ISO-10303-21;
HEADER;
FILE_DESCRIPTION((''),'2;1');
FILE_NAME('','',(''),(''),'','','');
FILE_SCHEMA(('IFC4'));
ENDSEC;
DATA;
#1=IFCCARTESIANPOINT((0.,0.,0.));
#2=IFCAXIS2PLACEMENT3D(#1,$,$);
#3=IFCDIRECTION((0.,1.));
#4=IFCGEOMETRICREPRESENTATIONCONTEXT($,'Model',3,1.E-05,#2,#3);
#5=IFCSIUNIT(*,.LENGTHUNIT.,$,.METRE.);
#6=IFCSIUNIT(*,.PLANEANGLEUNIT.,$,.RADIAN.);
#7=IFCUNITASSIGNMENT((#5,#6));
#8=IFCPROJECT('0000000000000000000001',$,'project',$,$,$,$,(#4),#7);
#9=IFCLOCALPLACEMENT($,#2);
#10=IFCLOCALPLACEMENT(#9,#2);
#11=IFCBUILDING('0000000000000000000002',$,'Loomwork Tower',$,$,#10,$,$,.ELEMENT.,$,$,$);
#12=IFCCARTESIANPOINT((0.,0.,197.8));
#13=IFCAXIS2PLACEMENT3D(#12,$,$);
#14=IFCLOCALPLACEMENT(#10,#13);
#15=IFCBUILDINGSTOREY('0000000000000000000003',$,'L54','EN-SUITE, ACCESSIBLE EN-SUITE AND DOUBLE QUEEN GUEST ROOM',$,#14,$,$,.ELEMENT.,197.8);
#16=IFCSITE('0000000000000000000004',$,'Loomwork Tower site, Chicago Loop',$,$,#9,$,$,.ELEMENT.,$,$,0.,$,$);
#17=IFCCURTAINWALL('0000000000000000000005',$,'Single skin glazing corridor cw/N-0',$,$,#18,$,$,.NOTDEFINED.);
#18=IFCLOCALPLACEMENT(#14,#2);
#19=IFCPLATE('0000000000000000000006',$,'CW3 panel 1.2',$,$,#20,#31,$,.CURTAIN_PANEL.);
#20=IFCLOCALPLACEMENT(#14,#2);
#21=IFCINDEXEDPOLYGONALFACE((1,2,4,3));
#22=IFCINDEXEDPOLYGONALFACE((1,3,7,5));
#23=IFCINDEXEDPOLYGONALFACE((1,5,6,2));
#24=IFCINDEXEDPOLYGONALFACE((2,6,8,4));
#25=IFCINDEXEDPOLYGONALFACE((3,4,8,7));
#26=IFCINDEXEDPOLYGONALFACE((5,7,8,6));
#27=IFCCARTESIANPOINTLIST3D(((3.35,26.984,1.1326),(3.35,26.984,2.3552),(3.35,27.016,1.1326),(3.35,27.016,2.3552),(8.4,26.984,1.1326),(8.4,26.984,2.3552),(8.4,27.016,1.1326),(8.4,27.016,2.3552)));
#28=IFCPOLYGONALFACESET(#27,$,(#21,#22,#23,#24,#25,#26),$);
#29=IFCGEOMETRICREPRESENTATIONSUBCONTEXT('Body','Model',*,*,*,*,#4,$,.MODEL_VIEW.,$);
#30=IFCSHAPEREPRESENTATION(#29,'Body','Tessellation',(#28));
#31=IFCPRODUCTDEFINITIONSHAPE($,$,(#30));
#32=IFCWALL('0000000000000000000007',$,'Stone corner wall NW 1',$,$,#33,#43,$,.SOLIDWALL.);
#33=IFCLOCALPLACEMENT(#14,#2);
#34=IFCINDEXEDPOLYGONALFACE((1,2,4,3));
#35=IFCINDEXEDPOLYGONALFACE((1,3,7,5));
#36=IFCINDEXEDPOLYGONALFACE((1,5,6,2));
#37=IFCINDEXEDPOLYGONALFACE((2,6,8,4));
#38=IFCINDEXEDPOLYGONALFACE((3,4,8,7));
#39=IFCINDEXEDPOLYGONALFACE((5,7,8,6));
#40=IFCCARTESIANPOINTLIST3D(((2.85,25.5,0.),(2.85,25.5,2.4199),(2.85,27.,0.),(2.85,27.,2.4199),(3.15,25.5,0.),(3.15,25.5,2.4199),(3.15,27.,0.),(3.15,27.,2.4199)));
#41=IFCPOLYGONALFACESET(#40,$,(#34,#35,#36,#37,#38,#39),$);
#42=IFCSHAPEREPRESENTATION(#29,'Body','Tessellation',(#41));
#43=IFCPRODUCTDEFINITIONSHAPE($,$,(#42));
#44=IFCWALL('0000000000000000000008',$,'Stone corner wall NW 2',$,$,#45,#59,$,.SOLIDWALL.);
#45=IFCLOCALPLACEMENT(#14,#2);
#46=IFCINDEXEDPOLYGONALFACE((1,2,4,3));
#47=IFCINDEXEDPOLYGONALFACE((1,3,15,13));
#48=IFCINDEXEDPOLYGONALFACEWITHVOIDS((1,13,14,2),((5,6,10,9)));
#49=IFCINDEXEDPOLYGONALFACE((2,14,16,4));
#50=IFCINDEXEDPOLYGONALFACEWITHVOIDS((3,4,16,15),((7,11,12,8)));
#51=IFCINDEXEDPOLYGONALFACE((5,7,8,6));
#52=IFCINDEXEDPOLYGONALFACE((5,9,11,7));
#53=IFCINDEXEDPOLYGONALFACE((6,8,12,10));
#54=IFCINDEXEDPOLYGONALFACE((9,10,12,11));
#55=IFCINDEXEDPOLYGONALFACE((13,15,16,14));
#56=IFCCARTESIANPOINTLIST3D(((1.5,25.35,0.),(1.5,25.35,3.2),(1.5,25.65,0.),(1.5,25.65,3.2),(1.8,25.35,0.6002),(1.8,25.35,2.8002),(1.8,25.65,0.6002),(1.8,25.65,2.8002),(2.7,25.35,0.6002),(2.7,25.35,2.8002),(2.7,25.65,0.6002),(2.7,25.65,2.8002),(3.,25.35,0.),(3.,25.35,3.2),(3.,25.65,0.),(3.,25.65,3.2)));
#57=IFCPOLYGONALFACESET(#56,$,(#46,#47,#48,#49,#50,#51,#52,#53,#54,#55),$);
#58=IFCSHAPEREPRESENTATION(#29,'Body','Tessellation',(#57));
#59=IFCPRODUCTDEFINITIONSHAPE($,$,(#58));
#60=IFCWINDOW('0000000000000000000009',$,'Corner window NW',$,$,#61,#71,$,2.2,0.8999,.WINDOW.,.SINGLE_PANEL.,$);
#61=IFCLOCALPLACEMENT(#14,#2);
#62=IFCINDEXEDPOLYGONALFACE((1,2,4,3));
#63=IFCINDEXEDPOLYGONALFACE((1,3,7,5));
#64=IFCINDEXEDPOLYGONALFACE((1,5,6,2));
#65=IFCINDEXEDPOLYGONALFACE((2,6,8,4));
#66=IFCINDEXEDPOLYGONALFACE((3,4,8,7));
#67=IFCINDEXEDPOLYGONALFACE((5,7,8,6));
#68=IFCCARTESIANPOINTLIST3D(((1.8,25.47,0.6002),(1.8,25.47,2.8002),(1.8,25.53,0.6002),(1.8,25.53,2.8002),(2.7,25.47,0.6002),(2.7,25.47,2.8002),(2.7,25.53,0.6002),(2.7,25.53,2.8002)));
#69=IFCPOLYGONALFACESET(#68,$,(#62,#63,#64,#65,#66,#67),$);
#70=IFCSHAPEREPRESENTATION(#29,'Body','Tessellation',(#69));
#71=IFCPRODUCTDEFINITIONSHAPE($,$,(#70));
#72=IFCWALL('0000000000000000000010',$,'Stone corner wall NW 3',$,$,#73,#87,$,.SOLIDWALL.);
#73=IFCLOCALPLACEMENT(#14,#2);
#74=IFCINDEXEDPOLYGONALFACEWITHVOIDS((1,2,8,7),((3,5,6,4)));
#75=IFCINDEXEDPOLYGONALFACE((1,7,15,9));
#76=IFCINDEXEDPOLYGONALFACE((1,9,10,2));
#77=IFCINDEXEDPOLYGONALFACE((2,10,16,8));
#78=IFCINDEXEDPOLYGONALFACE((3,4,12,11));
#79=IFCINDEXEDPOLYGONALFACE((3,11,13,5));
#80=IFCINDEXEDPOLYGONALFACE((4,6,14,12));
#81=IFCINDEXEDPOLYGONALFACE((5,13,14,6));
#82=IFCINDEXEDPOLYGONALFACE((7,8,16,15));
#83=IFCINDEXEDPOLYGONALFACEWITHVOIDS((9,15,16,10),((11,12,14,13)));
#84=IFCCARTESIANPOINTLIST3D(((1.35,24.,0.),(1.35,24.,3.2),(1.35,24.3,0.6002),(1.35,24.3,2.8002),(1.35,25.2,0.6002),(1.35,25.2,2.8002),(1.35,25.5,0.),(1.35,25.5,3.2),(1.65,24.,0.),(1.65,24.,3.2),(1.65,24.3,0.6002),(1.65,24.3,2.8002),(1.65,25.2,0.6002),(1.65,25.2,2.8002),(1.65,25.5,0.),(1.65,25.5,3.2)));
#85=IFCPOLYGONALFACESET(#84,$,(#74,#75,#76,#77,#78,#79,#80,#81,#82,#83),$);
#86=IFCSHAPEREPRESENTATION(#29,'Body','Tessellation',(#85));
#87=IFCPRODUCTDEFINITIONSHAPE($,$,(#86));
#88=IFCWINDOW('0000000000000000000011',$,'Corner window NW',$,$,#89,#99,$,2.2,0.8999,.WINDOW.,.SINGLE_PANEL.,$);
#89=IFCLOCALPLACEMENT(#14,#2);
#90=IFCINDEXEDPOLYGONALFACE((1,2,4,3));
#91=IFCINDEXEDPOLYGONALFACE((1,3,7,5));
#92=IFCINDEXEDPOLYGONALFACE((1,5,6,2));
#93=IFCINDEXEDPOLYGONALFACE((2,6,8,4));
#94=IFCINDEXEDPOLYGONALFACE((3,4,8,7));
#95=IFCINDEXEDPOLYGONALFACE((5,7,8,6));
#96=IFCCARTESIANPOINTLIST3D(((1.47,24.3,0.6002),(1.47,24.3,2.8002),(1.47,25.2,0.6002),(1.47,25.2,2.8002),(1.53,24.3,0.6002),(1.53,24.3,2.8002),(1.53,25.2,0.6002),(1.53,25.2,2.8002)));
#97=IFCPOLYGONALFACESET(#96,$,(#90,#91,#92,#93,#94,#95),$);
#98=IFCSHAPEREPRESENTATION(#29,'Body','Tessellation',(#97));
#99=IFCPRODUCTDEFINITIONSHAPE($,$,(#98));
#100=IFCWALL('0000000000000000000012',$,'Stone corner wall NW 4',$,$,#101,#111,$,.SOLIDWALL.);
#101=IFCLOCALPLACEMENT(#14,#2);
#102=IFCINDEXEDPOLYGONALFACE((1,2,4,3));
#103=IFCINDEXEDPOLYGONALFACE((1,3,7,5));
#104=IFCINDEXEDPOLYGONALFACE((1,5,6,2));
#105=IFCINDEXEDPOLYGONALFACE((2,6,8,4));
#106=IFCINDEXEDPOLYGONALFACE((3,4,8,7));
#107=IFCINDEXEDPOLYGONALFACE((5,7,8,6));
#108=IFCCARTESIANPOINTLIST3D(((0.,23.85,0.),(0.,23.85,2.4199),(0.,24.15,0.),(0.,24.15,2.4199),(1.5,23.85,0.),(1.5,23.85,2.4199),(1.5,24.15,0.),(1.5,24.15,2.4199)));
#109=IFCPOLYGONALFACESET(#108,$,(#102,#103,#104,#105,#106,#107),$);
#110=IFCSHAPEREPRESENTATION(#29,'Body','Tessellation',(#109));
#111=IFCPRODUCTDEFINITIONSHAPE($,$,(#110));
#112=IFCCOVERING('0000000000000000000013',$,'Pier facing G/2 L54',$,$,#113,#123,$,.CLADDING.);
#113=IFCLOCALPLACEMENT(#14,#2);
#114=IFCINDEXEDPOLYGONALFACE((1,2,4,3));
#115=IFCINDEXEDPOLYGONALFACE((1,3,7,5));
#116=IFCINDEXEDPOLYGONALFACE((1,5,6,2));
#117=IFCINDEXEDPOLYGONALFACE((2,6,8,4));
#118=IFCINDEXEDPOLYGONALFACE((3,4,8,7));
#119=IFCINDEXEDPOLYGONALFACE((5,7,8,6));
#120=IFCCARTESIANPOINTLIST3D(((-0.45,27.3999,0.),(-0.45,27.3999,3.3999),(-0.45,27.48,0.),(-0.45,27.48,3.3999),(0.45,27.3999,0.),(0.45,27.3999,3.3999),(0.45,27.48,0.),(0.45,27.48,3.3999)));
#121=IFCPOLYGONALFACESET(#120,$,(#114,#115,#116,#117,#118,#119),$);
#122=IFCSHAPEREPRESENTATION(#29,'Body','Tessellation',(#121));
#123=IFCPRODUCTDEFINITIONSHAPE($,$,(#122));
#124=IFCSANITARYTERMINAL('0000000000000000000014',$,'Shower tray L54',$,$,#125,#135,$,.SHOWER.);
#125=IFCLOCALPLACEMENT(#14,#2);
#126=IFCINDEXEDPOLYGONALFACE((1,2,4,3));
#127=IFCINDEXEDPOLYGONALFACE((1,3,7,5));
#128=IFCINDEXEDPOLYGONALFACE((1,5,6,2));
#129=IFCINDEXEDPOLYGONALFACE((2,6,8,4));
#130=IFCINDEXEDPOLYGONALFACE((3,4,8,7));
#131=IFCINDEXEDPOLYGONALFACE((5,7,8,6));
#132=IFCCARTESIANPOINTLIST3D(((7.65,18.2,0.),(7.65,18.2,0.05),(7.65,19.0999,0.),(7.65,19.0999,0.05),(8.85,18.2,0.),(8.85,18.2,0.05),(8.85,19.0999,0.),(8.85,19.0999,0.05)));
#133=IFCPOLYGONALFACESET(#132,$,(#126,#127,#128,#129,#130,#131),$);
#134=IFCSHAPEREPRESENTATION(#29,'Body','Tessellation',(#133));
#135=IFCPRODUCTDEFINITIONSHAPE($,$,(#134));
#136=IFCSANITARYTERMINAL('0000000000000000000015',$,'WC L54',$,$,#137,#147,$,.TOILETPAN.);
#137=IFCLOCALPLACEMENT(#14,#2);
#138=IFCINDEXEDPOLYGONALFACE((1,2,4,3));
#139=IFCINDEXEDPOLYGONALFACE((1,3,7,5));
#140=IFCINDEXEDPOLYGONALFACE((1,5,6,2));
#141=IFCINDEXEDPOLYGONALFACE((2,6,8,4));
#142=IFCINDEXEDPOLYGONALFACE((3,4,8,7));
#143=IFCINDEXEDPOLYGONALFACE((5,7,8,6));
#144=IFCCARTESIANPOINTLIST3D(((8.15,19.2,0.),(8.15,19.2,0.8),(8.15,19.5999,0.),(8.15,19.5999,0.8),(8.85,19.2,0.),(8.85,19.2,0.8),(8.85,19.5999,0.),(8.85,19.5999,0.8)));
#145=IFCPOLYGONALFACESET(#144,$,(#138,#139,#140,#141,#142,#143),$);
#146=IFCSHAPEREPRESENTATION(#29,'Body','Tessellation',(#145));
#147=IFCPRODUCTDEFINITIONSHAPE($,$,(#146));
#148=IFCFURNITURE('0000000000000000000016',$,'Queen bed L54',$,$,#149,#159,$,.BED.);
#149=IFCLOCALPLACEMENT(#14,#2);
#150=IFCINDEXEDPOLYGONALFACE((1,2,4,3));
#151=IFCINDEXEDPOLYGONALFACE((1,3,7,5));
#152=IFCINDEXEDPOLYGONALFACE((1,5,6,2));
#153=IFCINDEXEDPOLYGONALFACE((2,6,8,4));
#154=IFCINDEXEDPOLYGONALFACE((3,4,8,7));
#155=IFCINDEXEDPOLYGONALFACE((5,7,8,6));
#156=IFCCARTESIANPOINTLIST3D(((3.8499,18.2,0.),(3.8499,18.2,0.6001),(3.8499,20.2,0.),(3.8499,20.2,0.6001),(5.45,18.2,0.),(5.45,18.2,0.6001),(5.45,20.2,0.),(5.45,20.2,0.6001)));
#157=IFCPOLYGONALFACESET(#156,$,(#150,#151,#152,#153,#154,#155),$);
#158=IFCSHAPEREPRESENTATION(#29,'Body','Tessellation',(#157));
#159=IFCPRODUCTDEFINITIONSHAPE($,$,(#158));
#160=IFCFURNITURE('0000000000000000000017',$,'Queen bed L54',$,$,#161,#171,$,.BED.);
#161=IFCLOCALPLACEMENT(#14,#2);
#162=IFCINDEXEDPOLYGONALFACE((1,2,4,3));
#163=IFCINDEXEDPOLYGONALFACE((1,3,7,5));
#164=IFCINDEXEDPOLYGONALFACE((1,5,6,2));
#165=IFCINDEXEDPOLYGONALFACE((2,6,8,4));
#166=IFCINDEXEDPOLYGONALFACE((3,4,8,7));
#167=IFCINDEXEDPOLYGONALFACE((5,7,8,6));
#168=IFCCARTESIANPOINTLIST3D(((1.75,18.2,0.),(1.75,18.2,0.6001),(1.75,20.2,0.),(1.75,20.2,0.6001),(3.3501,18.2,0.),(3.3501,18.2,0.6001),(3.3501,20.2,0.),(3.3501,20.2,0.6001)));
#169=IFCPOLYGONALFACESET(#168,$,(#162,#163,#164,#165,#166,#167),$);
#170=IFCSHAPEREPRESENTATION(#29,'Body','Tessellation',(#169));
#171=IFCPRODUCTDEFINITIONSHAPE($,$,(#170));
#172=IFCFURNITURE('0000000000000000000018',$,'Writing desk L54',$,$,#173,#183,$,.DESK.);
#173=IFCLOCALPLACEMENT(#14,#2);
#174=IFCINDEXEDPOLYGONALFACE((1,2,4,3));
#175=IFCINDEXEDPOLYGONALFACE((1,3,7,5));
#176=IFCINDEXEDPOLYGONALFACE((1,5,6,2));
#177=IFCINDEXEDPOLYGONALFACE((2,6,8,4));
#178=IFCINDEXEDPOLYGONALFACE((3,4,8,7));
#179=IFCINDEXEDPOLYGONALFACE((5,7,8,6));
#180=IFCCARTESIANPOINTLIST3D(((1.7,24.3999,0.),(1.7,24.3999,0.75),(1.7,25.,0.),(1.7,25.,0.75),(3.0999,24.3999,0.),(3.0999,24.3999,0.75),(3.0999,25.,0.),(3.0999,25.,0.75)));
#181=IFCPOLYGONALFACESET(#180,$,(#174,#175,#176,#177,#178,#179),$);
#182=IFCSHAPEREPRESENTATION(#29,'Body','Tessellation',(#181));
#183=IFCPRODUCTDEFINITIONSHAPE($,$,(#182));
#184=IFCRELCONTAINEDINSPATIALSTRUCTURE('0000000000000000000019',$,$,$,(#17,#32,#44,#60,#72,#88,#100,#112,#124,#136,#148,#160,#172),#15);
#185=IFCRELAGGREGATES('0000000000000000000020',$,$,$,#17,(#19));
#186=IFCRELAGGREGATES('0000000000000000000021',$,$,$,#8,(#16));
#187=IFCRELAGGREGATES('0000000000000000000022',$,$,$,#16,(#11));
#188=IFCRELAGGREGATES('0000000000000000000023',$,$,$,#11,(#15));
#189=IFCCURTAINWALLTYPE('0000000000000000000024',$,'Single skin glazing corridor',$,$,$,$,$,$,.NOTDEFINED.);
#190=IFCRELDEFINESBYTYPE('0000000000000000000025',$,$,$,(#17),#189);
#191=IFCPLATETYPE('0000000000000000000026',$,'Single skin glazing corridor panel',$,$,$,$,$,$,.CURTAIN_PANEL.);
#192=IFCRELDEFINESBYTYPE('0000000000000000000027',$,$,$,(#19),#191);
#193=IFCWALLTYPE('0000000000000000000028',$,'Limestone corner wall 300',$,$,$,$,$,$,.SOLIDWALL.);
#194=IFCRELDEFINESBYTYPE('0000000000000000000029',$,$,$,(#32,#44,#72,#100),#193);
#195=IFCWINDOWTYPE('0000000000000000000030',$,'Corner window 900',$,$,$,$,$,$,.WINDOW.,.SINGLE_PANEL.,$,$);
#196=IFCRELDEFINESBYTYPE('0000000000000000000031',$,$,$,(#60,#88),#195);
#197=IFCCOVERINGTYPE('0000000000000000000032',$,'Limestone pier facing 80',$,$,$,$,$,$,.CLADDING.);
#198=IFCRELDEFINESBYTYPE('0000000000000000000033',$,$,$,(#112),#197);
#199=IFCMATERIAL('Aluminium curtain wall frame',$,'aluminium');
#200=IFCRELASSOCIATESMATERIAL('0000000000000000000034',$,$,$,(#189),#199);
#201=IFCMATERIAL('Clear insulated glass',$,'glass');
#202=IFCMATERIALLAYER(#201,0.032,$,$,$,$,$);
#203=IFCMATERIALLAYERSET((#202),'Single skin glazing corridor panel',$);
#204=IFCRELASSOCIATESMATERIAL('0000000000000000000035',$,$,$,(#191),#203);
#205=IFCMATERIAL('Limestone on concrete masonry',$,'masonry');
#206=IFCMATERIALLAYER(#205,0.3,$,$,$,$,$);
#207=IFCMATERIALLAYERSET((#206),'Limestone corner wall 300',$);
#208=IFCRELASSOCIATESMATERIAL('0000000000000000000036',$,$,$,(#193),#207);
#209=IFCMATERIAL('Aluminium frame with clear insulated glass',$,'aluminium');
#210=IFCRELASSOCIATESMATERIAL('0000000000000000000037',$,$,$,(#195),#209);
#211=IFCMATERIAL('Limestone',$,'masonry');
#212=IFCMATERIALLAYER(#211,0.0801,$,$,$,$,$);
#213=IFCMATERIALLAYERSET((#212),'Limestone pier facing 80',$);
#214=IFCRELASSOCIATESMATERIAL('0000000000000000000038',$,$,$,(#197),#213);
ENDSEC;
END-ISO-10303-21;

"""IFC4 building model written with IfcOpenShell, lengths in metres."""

from ifc_helpers import new_model, si_unit, direction, frame, frame_2d, origin, origin_2d, place, context, subcontext, project, spatial, rectangle, extrude, material, layer, layer_set, type_object, element, fill, aggregate, save


model = new_model("IFC4")

# Units and contexts
model_context = context("Model", 3, precision=1e-05, world=origin(), true_north=direction((0.0, 1.0)))
body_context = subcontext(model_context, "Body", "Model", "MODEL_VIEW")
ifc_project = project(units=[si_unit("LENGTHUNIT", "METRE"), si_unit("PLANEANGLEUNIT", "RADIAN")], contexts=[model_context])

# Site, building, storey
site_placement = place(None, origin())
site = spatial("IfcSite", under=ifc_project, at=site_placement, Name="Loomwork Tower site, Chicago Loop", CompositionType="ELEMENT", RefElevation=0.0)
building_placement = place(site_placement, origin())
building = spatial("IfcBuilding", under=site, at=building_placement, Name="Loomwork Tower", CompositionType="ELEMENT")
storey_placement = place(building_placement, frame((0.0, 0.0, 197.8)))
storey = spatial("IfcBuildingStorey", under=building, at=storey_placement, Name="L54", Description="EN-SUITE, ACCESSIBLE EN-SUITE AND DOUBLE QUEEN GUEST ROOM", CompositionType="ELEMENT", Elevation=197.8)

# Curtain wall
ifc_material_1 = material(Name="Aluminium curtain wall frame", Category="aluminium")
curtain_wall_type_1 = type_object("IfcCurtainWallType", Name="Single skin glazing corridor", PredefinedType="NOTDEFINED", material=ifc_material_1)
curtain_wall_1_placement = place(storey_placement, origin())
curtain_wall_1 = element("IfcCurtainWall", 1, at=curtain_wall_1_placement, inside=storey, type_object=curtain_wall_type_1, Name="Single skin glazing corridor cw/N-0", PredefinedType="NOTDEFINED")

# Plate
ifc_material_2 = material(Name="Clear insulated glass", Category="glass")
ifc_layer_1 = layer(ifc_material_2, 0.032)
ifc_layer_set_1 = layer_set([ifc_layer_1], Name="Single skin glazing corridor panel")
plate_type_1 = type_object("IfcPlateType", Name="Single skin glazing corridor panel", PredefinedType="CURTAIN_PANEL", material=ifc_layer_set_1)
plate_1_placement = place(storey_placement, frame((5.875, 27.0, 1.1326), z_axis=(0.0, 0.0, 1.0), x_axis=(-1.0, 0.0, 0.0)))
plate_1 = element("IfcPlate", 2, at=plate_1_placement, type_object=plate_type_1, Name="CW3 panel 1.2", PredefinedType="CURTAIN_PANEL", context=body_context, shape_type="SweptSolid", body=[
    extrude(rectangle(XDim=5.05, YDim=0.032, at=origin_2d()), origin(), (0.0, 0.0, 1.0), 1.2227),
])
aggregate(curtain_wall_1, [plate_1])

# Wall
ifc_material_3 = material(Name="Limestone on concrete masonry", Category="masonry")
ifc_layer_2 = layer(ifc_material_3, 0.3)
ifc_layer_set_2 = layer_set([ifc_layer_2], Name="Limestone corner wall 300")
wall_type = type_object("IfcWallType", Name="Limestone corner wall 300", PredefinedType="SOLIDWALL", material=ifc_layer_set_2)
wall_1_placement = place(storey_placement, frame((3.0, 27.0, 0.0), z_axis=(0.0, 0.0, 1.0), x_axis=(0.0, -1.0, 0.0)))
element("IfcWall", 3, at=wall_1_placement, inside=storey, type_object=wall_type, Name="Stone corner wall NW 1", PredefinedType="SOLIDWALL", context=body_context, shape_type="SweptSolid", body=[
    extrude(rectangle(XDim=1.5, YDim=0.3, at=frame_2d((0.75, 0.0))), origin(), (0.0, 0.0, 1.0), 2.4199),
])

# Walls, openings, windows
wall_2_placement = place(storey_placement, frame((3.0, 25.5, 0.0), z_axis=(0.0, 0.0, 1.0), x_axis=(-1.0, 0.0, 0.0)))
wall_2 = element("IfcWall", 4, at=wall_2_placement, inside=storey, type_object=wall_type, Name="Stone corner wall NW 2", PredefinedType="SOLIDWALL", context=body_context, shape_type="SweptSolid", body=[
    extrude(rectangle(XDim=1.5, YDim=0.3, at=frame_2d((0.75, 0.0))), origin(), (0.0, 0.0, 1.0), 3.2),
])
opening_1_placement = place(wall_2_placement, frame((0.3, 0.0, 0.6001)))
opening_1 = element("IfcOpeningElement", 5, at=opening_1_placement, cuts=wall_2, PredefinedType="OPENING", context=body_context, shape_type="SweptSolid", body=[
    extrude(rectangle(XDim=0.8999, YDim=2.2, at=frame_2d((0.45, 1.1001))), frame((0.0, 0.1599, 0.0), z_axis=(0.0, -1.0, 0.0), x_axis=(1.0, 0.0, 0.0)), (0.0, 0.0, 1.0), 0.3201),
])
ifc_material_4 = material(Name="Aluminium frame with clear insulated glass", Category="aluminium")
window_type = type_object("IfcWindowType", Name="Corner window 900", PartitioningType="SINGLE_PANEL", PredefinedType="WINDOW", material=ifc_material_4)
window_1_placement = place(opening_1_placement, origin())
window_1 = element("IfcWindow", 6, at=window_1_placement, inside=storey, type_object=window_type, Name="Corner window NW", OverallHeight=2.2, OverallWidth=0.8999, PartitioningType="SINGLE_PANEL", PredefinedType="WINDOW", context=body_context, shape_type="SweptSolid", body=[
    extrude(rectangle(XDim=0.8999, YDim=2.2, at=frame_2d((0.45, 1.1001))), frame((0.0, 0.03, 0.0), z_axis=(0.0, -1.0, 0.0), x_axis=(1.0, 0.0, 0.0)), (0.0, 0.0, 1.0), 0.0601),
])
fill(opening_1, window_1)
wall_3_placement = place(storey_placement, frame((1.5, 25.5, 0.0), z_axis=(0.0, 0.0, 1.0), x_axis=(0.0, -1.0, 0.0)))
wall_3 = element("IfcWall", 7, at=wall_3_placement, inside=storey, type_object=wall_type, Name="Stone corner wall NW 3", PredefinedType="SOLIDWALL", context=body_context, shape_type="SweptSolid", body=[
    extrude(rectangle(XDim=1.5, YDim=0.3, at=frame_2d((0.75, 0.0))), origin(), (0.0, 0.0, 1.0), 3.2),
])
opening_2_placement = place(wall_3_placement, frame((0.3, 0.0, 0.6001)))
opening_2 = element("IfcOpeningElement", 8, at=opening_2_placement, cuts=wall_3, PredefinedType="OPENING", context=body_context, shape_type="SweptSolid", body=[
    extrude(rectangle(XDim=0.8999, YDim=2.2, at=frame_2d((0.45, 1.1001))), frame((0.0, 0.1599, 0.0), z_axis=(0.0, -1.0, 0.0), x_axis=(1.0, 0.0, 0.0)), (0.0, 0.0, 1.0), 0.3201),
])
window_2_placement = place(opening_2_placement, origin())
window_2 = element("IfcWindow", 9, at=window_2_placement, inside=storey, type_object=window_type, Name="Corner window NW", OverallHeight=2.2, OverallWidth=0.8999, PartitioningType="SINGLE_PANEL", PredefinedType="WINDOW", context=body_context, shape_type="SweptSolid", body=[
    extrude(rectangle(XDim=0.8999, YDim=2.2, at=frame_2d((0.45, 1.1001))), frame((0.0, 0.03, 0.0), z_axis=(0.0, -1.0, 0.0), x_axis=(1.0, 0.0, 0.0)), (0.0, 0.0, 1.0), 0.0601),
])
fill(opening_2, window_2)

# Wall
wall_4_placement = place(storey_placement, frame((1.5, 24.0, 0.0), z_axis=(0.0, 0.0, 1.0), x_axis=(-1.0, 0.0, 0.0)))
element("IfcWall", 10, at=wall_4_placement, inside=storey, type_object=wall_type, Name="Stone corner wall NW 4", PredefinedType="SOLIDWALL", context=body_context, shape_type="SweptSolid", body=[
    extrude(rectangle(XDim=1.5, YDim=0.3, at=frame_2d((0.75, 0.0))), origin(), (0.0, 0.0, 1.0), 2.4199),
])

# Covering
ifc_material_5 = material(Name="Limestone", Category="masonry")
ifc_layer_3 = layer(ifc_material_5, 0.0801)
ifc_layer_set_3 = layer_set([ifc_layer_3], Name="Limestone pier facing 80")
covering_type = type_object("IfcCoveringType", Name="Limestone pier facing 80", PredefinedType="CLADDING", material=ifc_layer_set_3)
covering_placement = place(storey_placement, frame((0.0, 27.4399, 0.0), z_axis=(0.0, 0.0, 1.0), x_axis=(1.0, 0.0, 0.0)))
element("IfcCovering", 11, at=covering_placement, inside=storey, type_object=covering_type, Name="Pier facing G/2 L54", PredefinedType="CLADDING", context=body_context, shape_type="SweptSolid", body=[
    extrude(rectangle(XDim=0.8999, YDim=0.0801, at=origin_2d()), origin(), (0.0, 0.0, 1.0), 3.3999),
])

# Sanitary terminals
sanitary_terminal_1_placement = place(storey_placement, frame((8.25, 18.6499, 0.0), z_axis=(0.0, 0.0, 1.0), x_axis=(1.0, 0.0, 0.0)))
element("IfcSanitaryTerminal", 12, at=sanitary_terminal_1_placement, inside=storey, Name="Shower tray L54", PredefinedType="SHOWER", context=body_context, shape_type="SweptSolid", body=[
    extrude(rectangle(XDim=1.2, YDim=0.8999, at=origin_2d()), origin(), (0.0, 0.0, 1.0), 0.05),
])
sanitary_terminal_2_placement = place(storey_placement, frame((8.5, 19.3999, 0.0), z_axis=(0.0, 0.0, 1.0), x_axis=(1.0, 0.0, 0.0)))
element("IfcSanitaryTerminal", 13, at=sanitary_terminal_2_placement, inside=storey, Name="WC L54", PredefinedType="TOILETPAN", context=body_context, shape_type="SweptSolid", body=[
    extrude(rectangle(XDim=0.7, YDim=0.3999, at=origin_2d()), origin(), (0.0, 0.0, 1.0), 0.8),
])

# Furniture
for number, where, z_axis, x_axis, name in (
    (14, (4.6499, 19.2, 0.0), (0.0, 0.0, 1.0), (1.0, 0.0, 0.0), "Queen bed L54"),
    (15, (2.55, 19.2, 0.0), (0.0, 0.0, 1.0), (1.0, 0.0, 0.0), "Queen bed L54"),
):
    element("IfcFurniture", number, at=place(storey_placement, frame(where, z_axis=z_axis, x_axis=x_axis)), inside=storey, Name=name, PredefinedType="BED", context=body_context, shape_type="SweptSolid", body=[
        extrude(rectangle(XDim=1.6001, YDim=2.0, at=origin_2d()), origin(), (0.0, 0.0, 1.0), 0.6001),
    ])
furniture_1_placement = place(storey_placement, frame((2.3999, 24.7, 0.0), z_axis=(0.0, 0.0, 1.0), x_axis=(1.0, 0.0, 0.0)))
element("IfcFurniture", 16, at=furniture_1_placement, inside=storey, Name="Writing desk L54", PredefinedType="DESK", context=body_context, shape_type="SweptSolid", body=[
    extrude(rectangle(XDim=1.3999, YDim=0.6001, at=origin_2d()), origin(), (0.0, 0.0, 1.0), 0.75),
])

save(model, "model.ifc")
